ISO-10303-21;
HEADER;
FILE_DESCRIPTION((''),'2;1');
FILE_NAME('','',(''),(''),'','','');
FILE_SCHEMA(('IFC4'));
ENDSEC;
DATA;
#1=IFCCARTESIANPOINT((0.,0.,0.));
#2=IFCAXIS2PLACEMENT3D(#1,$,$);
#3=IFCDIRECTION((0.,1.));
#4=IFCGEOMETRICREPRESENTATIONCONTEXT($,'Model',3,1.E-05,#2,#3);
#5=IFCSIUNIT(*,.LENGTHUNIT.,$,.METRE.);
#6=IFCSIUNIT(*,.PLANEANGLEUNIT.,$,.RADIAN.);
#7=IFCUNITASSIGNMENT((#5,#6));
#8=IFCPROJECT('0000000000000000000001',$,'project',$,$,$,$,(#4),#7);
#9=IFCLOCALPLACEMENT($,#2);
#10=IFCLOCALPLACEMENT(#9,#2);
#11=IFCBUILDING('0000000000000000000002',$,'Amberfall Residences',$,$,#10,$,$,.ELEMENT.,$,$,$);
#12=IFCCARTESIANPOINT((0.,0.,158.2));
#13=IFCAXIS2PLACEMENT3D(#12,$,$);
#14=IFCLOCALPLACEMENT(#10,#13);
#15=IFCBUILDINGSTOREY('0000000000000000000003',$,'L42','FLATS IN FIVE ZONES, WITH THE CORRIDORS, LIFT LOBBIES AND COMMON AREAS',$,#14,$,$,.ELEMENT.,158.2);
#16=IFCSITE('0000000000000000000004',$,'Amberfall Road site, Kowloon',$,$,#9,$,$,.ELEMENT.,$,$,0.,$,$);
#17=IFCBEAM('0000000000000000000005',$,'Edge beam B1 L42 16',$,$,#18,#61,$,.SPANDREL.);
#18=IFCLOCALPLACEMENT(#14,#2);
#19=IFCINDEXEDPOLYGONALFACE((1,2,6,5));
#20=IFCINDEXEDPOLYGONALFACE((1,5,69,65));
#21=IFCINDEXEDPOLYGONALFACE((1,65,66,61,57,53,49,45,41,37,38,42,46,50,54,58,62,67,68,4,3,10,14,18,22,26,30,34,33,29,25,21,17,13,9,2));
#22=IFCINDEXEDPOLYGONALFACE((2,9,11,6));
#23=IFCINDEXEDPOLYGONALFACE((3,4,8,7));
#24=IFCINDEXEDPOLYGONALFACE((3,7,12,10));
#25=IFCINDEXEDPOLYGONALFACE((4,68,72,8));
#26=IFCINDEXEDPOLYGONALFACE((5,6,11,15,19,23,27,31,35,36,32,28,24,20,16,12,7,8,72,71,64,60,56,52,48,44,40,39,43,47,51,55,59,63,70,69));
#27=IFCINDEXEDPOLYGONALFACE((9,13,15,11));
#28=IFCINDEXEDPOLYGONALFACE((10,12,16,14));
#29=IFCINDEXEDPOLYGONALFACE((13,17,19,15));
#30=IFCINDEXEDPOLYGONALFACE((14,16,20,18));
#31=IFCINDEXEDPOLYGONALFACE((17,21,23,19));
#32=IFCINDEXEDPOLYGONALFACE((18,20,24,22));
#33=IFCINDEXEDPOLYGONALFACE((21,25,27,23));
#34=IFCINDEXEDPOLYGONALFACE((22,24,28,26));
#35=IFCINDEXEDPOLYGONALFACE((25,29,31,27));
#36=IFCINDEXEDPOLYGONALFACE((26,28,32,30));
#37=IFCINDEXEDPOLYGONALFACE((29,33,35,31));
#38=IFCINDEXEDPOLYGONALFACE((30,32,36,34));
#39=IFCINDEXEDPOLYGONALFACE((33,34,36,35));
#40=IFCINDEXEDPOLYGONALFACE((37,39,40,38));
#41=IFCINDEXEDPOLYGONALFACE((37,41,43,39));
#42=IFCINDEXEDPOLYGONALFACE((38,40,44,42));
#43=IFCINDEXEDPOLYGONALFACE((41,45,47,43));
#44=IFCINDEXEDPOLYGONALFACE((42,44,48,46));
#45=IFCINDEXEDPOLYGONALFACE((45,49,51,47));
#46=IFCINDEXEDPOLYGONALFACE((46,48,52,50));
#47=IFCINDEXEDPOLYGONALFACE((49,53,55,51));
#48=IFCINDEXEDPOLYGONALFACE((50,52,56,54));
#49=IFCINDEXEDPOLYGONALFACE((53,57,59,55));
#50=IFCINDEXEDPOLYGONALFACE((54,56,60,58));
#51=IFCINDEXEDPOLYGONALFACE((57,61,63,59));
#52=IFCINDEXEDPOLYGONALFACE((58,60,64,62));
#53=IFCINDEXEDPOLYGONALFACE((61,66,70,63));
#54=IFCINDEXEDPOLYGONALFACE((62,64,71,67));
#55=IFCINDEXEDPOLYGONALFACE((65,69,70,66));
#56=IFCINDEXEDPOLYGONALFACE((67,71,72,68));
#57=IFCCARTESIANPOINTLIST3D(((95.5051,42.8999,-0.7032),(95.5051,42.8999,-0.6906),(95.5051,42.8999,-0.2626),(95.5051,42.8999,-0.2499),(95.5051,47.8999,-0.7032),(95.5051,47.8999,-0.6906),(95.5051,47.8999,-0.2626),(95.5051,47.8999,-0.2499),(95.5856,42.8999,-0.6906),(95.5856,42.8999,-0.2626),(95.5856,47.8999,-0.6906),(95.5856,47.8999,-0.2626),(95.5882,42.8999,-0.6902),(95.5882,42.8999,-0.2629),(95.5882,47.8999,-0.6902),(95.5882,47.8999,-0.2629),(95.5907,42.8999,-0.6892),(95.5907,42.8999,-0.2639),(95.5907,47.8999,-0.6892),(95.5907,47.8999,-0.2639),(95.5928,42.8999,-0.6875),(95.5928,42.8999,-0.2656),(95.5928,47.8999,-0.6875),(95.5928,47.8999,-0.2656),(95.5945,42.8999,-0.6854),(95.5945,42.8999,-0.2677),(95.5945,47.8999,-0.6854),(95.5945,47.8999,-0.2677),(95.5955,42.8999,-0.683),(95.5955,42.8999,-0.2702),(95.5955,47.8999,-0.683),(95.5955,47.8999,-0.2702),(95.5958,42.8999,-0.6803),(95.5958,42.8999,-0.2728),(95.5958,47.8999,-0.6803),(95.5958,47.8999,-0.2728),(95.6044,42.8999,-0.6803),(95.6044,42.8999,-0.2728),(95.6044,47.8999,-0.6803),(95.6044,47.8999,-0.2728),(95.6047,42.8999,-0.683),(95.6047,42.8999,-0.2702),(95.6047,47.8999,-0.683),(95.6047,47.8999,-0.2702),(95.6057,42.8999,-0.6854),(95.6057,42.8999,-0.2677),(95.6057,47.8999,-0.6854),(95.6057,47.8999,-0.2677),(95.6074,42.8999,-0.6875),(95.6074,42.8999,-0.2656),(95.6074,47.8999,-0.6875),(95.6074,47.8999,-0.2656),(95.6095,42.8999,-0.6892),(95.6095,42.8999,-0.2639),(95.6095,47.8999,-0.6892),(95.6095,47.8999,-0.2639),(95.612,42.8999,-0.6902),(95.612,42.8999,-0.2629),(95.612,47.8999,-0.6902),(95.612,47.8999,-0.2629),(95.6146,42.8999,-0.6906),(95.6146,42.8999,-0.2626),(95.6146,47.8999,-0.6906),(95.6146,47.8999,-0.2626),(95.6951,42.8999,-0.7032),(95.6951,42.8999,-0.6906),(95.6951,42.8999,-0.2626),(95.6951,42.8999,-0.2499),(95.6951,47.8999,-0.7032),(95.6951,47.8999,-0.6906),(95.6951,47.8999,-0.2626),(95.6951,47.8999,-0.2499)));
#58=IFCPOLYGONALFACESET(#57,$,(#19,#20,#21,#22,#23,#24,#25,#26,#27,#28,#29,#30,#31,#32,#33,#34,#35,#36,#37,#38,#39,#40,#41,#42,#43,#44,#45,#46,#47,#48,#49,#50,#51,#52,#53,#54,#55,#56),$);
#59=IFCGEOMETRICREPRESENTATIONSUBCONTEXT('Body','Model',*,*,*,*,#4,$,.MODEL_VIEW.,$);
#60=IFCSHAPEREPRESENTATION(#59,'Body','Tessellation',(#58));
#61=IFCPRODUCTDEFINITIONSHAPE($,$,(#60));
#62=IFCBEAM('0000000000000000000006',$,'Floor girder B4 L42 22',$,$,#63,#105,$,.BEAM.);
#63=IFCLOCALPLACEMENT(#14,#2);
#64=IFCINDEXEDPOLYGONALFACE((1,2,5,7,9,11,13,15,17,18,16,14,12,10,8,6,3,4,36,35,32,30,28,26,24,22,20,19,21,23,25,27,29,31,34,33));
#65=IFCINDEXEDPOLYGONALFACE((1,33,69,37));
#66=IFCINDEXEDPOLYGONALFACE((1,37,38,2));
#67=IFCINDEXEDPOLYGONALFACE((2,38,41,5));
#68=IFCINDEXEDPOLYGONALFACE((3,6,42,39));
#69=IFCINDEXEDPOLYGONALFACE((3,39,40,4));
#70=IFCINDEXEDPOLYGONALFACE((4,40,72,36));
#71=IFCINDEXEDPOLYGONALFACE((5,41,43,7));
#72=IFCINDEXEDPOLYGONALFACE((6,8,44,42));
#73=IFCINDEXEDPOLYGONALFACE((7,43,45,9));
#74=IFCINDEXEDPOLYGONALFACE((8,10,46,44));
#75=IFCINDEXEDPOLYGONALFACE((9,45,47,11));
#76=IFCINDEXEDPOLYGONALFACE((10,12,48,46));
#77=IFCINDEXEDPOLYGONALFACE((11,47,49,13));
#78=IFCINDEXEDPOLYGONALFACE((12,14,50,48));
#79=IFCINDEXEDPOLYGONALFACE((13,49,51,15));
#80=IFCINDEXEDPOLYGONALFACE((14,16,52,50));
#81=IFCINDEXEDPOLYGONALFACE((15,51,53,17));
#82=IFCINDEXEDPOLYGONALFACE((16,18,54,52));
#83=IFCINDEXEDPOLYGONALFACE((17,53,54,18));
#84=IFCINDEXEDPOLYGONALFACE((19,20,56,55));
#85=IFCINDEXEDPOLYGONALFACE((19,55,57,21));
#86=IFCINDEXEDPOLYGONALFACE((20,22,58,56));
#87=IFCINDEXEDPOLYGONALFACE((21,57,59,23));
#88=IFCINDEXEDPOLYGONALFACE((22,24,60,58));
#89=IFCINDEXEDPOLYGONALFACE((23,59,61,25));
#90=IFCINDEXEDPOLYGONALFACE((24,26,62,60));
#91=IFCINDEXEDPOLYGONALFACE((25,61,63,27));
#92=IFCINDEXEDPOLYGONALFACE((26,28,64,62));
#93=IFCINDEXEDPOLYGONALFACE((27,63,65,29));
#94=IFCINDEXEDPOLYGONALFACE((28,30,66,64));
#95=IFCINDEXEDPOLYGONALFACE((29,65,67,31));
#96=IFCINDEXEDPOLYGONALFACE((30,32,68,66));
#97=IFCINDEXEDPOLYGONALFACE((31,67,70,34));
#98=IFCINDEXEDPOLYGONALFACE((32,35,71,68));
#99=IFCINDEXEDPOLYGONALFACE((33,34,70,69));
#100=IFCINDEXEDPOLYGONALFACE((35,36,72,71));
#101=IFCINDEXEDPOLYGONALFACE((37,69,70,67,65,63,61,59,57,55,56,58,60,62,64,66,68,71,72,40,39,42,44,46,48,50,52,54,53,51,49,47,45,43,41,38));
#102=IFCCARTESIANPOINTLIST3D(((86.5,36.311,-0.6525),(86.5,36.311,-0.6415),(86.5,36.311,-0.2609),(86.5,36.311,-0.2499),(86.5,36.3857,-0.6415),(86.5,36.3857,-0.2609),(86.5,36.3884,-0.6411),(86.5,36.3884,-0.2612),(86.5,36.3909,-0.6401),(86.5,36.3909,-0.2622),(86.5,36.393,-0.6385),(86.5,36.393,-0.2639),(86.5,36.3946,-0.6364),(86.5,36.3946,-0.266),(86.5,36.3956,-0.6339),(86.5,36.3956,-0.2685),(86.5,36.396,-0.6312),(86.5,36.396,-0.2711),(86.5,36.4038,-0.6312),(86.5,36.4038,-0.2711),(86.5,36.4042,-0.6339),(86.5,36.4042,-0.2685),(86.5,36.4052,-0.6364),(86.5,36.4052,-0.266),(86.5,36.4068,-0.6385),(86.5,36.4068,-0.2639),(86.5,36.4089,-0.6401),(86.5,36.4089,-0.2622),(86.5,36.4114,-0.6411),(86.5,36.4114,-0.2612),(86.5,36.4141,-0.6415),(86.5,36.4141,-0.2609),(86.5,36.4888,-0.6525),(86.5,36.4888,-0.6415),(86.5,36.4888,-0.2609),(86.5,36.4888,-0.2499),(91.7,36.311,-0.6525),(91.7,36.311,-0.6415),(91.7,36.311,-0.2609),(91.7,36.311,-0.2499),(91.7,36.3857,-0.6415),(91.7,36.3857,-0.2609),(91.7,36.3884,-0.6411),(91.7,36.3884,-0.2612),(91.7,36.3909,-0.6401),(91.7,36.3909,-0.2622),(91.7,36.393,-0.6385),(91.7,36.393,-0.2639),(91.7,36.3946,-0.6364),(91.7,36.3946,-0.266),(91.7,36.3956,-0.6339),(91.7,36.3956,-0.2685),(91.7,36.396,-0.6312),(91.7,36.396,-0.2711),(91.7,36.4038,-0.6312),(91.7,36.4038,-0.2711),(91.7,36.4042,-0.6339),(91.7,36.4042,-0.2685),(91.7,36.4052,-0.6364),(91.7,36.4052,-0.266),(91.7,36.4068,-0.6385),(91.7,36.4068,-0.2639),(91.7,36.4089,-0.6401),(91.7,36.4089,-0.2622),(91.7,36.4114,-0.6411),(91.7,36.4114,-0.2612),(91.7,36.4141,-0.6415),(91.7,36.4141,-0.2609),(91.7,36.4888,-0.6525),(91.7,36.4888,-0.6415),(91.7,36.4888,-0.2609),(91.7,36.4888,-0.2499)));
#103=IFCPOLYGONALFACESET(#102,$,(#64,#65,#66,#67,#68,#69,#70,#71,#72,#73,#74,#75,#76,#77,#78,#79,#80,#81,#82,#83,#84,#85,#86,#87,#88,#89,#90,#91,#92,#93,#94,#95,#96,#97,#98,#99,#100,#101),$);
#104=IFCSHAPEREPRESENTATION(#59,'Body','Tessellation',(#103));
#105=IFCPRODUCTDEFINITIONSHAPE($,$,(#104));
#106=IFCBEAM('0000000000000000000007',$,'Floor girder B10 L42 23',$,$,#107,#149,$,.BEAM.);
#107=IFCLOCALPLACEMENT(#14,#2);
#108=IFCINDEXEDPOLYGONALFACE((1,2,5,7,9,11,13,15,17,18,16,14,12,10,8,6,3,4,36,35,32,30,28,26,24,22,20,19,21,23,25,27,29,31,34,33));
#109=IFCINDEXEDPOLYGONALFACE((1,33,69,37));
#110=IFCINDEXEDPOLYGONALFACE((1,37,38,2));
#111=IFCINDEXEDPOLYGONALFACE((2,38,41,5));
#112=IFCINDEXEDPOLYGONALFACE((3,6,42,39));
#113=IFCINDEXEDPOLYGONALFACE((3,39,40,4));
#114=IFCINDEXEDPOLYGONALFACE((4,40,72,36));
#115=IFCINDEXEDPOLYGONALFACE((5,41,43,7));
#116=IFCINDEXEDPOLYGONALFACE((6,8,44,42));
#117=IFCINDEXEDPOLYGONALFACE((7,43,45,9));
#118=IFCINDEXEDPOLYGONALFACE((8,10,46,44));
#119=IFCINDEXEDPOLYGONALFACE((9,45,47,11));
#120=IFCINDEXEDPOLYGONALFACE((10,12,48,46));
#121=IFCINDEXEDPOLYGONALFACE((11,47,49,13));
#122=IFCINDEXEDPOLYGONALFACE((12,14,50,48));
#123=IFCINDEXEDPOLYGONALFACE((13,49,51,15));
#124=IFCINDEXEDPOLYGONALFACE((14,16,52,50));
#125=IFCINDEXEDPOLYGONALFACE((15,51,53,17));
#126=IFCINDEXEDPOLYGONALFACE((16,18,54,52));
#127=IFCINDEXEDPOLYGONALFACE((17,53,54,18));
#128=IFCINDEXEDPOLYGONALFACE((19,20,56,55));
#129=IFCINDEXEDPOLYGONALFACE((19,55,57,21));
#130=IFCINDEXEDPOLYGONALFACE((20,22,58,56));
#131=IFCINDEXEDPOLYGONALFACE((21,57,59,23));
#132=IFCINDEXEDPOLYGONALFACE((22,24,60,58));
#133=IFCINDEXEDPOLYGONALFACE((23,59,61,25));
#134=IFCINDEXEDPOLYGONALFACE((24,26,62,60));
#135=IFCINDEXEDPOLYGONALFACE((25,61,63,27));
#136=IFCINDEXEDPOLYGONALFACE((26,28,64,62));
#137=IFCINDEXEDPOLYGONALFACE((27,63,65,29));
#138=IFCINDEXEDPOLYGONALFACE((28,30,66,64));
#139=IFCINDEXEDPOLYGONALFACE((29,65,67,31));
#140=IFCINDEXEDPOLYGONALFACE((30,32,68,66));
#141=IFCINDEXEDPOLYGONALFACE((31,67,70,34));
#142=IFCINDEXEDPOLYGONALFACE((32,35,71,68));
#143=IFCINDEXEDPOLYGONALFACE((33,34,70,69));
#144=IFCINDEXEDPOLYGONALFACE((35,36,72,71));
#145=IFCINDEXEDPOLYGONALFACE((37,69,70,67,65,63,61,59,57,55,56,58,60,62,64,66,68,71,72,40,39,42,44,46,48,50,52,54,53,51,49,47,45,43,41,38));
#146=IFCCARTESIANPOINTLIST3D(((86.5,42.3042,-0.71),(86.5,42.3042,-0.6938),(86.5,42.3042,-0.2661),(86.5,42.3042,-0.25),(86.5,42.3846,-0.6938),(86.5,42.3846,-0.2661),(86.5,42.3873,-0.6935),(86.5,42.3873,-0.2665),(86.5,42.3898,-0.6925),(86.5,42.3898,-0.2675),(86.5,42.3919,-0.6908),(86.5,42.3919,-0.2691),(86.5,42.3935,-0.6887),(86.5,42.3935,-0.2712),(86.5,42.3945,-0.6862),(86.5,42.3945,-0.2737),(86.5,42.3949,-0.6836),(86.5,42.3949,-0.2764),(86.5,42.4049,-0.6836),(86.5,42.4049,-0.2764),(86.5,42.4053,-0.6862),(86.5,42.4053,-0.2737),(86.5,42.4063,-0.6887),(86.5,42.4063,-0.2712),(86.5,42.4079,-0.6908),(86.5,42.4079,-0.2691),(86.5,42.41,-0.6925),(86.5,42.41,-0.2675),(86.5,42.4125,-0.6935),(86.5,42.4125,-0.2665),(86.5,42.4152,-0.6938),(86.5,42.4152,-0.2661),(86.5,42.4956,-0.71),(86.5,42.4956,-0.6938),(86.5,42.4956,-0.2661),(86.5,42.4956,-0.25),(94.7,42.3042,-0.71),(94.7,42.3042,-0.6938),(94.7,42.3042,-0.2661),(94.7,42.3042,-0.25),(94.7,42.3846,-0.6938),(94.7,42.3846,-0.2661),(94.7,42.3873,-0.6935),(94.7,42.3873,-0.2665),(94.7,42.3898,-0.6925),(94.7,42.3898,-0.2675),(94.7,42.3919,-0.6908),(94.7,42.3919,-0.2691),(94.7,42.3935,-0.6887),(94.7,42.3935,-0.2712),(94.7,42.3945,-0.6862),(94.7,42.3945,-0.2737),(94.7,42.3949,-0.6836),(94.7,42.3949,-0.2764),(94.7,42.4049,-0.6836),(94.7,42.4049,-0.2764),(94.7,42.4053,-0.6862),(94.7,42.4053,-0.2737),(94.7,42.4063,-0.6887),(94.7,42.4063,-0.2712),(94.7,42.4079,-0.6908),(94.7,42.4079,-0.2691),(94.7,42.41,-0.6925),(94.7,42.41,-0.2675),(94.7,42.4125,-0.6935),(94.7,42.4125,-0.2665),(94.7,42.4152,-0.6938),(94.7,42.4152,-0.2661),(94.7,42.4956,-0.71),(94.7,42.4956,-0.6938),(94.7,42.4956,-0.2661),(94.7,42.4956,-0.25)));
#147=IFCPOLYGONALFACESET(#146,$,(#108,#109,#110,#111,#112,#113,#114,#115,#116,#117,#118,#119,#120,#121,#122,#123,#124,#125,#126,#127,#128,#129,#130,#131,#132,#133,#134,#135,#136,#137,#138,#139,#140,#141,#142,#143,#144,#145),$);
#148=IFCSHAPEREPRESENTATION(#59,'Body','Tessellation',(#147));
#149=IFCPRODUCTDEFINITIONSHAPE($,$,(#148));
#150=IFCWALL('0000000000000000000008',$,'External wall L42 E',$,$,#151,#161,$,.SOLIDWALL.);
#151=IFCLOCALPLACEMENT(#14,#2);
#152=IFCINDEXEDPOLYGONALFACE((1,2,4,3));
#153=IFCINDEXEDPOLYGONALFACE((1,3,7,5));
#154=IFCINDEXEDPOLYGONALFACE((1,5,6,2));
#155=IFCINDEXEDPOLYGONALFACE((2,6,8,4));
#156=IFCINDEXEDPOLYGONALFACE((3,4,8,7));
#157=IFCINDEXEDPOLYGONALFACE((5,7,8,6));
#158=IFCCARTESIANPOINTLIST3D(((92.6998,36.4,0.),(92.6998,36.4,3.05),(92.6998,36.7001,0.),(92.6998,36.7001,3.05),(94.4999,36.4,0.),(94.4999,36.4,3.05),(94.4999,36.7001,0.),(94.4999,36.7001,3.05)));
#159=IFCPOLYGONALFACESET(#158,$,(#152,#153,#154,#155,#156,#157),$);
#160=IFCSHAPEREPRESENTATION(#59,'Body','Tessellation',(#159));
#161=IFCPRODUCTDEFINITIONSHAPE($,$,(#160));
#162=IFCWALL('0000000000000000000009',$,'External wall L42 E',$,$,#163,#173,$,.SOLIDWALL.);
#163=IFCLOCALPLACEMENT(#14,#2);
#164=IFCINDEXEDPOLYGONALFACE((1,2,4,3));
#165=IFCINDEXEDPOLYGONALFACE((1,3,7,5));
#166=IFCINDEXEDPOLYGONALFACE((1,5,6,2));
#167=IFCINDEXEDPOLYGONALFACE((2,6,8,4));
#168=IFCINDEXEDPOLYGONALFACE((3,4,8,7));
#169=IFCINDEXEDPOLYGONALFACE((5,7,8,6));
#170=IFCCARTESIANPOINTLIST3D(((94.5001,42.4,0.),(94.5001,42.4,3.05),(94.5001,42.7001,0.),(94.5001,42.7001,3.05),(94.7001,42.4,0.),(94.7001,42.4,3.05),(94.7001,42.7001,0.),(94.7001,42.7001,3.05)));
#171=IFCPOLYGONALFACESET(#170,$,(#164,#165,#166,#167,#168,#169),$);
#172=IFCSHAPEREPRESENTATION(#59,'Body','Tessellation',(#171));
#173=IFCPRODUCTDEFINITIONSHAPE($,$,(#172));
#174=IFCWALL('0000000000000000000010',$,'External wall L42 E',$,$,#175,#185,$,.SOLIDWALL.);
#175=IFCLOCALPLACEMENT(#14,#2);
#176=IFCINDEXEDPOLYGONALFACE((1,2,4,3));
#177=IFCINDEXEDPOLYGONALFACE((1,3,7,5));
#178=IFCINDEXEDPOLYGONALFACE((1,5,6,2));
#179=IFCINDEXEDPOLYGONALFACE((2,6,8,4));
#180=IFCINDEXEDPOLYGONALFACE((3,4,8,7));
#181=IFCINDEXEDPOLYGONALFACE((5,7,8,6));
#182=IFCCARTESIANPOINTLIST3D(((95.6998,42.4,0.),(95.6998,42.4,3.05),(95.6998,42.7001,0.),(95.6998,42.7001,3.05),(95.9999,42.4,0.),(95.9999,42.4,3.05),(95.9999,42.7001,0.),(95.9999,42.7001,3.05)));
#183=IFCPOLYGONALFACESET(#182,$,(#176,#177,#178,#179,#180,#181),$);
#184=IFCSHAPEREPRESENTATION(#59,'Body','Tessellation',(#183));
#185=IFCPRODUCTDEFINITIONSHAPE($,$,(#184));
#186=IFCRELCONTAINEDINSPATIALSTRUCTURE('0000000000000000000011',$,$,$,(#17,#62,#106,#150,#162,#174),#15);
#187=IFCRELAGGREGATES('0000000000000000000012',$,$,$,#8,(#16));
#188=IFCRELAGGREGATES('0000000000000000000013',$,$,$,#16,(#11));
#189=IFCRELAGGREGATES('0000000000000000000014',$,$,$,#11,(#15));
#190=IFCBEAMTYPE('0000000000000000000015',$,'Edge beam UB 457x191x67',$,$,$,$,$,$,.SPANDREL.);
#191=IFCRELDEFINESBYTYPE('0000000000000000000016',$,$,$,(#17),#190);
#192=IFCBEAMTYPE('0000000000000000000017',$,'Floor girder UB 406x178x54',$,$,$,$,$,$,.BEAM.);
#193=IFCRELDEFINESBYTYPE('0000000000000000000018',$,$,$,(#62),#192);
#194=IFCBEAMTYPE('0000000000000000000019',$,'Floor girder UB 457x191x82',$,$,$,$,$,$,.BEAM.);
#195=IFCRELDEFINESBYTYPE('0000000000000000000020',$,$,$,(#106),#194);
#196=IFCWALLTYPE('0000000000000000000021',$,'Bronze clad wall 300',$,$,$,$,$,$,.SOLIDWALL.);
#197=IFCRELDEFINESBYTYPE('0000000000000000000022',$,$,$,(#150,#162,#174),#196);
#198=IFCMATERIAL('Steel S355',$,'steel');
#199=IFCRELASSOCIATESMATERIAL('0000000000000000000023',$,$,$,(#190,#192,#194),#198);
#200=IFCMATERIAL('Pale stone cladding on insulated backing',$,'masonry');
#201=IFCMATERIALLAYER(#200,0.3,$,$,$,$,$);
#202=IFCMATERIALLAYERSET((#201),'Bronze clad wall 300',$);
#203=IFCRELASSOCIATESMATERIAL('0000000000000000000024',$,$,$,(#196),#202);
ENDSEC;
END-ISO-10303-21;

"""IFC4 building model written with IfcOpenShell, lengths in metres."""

from ifc_helpers import new_model, si_unit, direction, frame, frame_2d, origin, origin_2d, place, context, subcontext, project, spatial, rectangle, i_section, extrude, material, layer, layer_set, material_profile, profile_set, type_object, element, save


model = new_model("IFC4")

# Units and contexts
model_context = context("Model", 3, precision=1e-05, world=origin(), true_north=direction((0.0, 1.0)))
body_context = subcontext(model_context, "Body", "Model", "MODEL_VIEW")
ifc_project = project(units=[si_unit("LENGTHUNIT", "METRE"), si_unit("PLANEANGLEUNIT", "RADIAN")], contexts=[model_context])

# Site, building, storey
site_placement = place(None, origin())
site = spatial("IfcSite", under=ifc_project, at=site_placement, Name="Amberfall Road site, Kowloon", CompositionType="ELEMENT", RefElevation=0.0)
building_placement = place(site_placement, origin())
building = spatial("IfcBuilding", under=site, at=building_placement, Name="Amberfall Residences", CompositionType="ELEMENT")
storey_placement = place(building_placement, frame((0.0, 0.0, 158.2)))
storey = spatial("IfcBuildingStorey", under=building, at=storey_placement, Name="L42", Description="FLATS IN FIVE ZONES, WITH THE CORRIDORS, LIFT LOBBIES AND COMMON AREAS", CompositionType="ELEMENT", Elevation=158.2)

# Beams
ifc_material_1 = material(Name="Steel S355", Category="steel")
ifc_material_profile_1 = material_profile(ifc_material_1, i_section(OverallWidth=0.1899, OverallDepth=0.4534, WebThickness=0.0085, FlangeThickness=0.0127, FilletRadius=0.0103, at=origin_2d()), Name="UB 457x191x67")
ifc_profile_set_1 = profile_set([ifc_material_profile_1], Name="Steel S355")
beam_type_1 = type_object("IfcBeamType", Name="Edge beam UB 457x191x67", PredefinedType="SPANDREL", material=ifc_profile_set_1)
beam_1_placement = place(storey_placement, frame((95.6001, 42.8999, -0.4766), z_axis=(0.0, 1.0, 0.0), x_axis=(-1.0, 0.0, 0.0)))
element("IfcBeam", 1, at=beam_1_placement, inside=storey, type_object=beam_type_1, Name="Edge beam B1 L42 16", PredefinedType="SPANDREL", context=body_context, shape_type="SweptSolid", body=[
    extrude(i_section(OverallWidth=0.1899, OverallDepth=0.4534, WebThickness=0.0085, FlangeThickness=0.0127, FilletRadius=0.0103, at=origin_2d()), origin(), (0.0, 0.0, 1.0), 5.0),
])
ifc_material_profile_2 = material_profile(ifc_material_1, i_section(OverallWidth=0.1777, OverallDepth=0.4026, WebThickness=0.0078, FlangeThickness=0.011, FilletRadius=0.0103, at=origin_2d()), Name="UB 406x178x54")
ifc_profile_set_2 = profile_set([ifc_material_profile_2], Name="Steel S355")
beam_type_2 = type_object("IfcBeamType", Name="Floor girder UB 406x178x54", PredefinedType="BEAM", material=ifc_profile_set_2)
beam_2_placement = place(storey_placement, frame((91.7, 36.3999, -0.4512), z_axis=(-1.0, 0.0, 0.0), x_axis=(0.0, -1.0, 0.0)))
element("IfcBeam", 2, at=beam_2_placement, inside=storey, type_object=beam_type_2, Name="Floor girder B4 L42 22", PredefinedType="BEAM", context=body_context, shape_type="SweptSolid", body=[
    extrude(i_section(OverallWidth=0.1777, OverallDepth=0.4026, WebThickness=0.0078, FlangeThickness=0.011, FilletRadius=0.0103, at=origin_2d()), origin(), (0.0, 0.0, 1.0), 5.2),
])
ifc_material_profile_3 = material_profile(ifc_material_1, i_section(OverallWidth=0.1914, OverallDepth=0.46, WebThickness=0.01, FlangeThickness=0.0161, FilletRadius=0.0103, at=origin_2d()), Name="UB 457x191x82")
ifc_profile_set_3 = profile_set([ifc_material_profile_3], Name="Steel S355")
beam_type_3 = type_object("IfcBeamType", Name="Floor girder UB 457x191x82", PredefinedType="BEAM", material=ifc_profile_set_3)
beam_3_placement = place(storey_placement, frame((94.7, 42.3999, -0.48), z_axis=(-1.0, 0.0, 0.0), x_axis=(0.0, -1.0, 0.0)))
element("IfcBeam", 3, at=beam_3_placement, inside=storey, type_object=beam_type_3, Name="Floor girder B10 L42 23", PredefinedType="BEAM", context=body_context, shape_type="SweptSolid", body=[
    extrude(i_section(OverallWidth=0.1914, OverallDepth=0.46, WebThickness=0.01, FlangeThickness=0.0161, FilletRadius=0.0103, at=origin_2d()), origin(), (0.0, 0.0, 1.0), 8.2),
])

# Walls
ifc_material_2 = material(Name="Pale stone cladding on insulated backing", Category="masonry")
ifc_layer_1 = layer(ifc_material_2, 0.3)
ifc_layer_set_1 = layer_set([ifc_layer_1], Name="Bronze clad wall 300")
wall_type_1 = type_object("IfcWallType", Name="Bronze clad wall 300", PredefinedType="SOLIDWALL", material=ifc_layer_set_1)
wall_1_placement = place(storey_placement, frame((92.7, 36.55, 0.0), z_axis=(0.0, 0.0, 1.0), x_axis=(1.0, 0.0, 0.0)))
element("IfcWall", 4, at=wall_1_placement, inside=storey, type_object=wall_type_1, Name="External wall L42 E", PredefinedType="SOLIDWALL", context=body_context, shape_type="SweptSolid", body=[
    extrude(rectangle(XDim=1.8, YDim=0.3, at=frame_2d((0.8999, 0.0))), origin(), (0.0, 0.0, 1.0), 3.05),
])
wall_2_placement = place(storey_placement, frame((94.5, 42.55, 0.0), z_axis=(0.0, 0.0, 1.0), x_axis=(1.0, 0.0, 0.0)))
element("IfcWall", 5, at=wall_2_placement, inside=storey, type_object=wall_type_1, Name="External wall L42 E", PredefinedType="SOLIDWALL", context=body_context, shape_type="SweptSolid", body=[
    extrude(rectangle(XDim=0.2, YDim=0.3, at=frame_2d((0.1001, 0.0))), origin(), (0.0, 0.0, 1.0), 3.05),
])
wall_3_placement = place(storey_placement, frame((95.7, 42.55, 0.0), z_axis=(0.0, 0.0, 1.0), x_axis=(1.0, 0.0, 0.0)))
element("IfcWall", 6, at=wall_3_placement, inside=storey, type_object=wall_type_1, Name="External wall L42 E", PredefinedType="SOLIDWALL", context=body_context, shape_type="SweptSolid", body=[
    extrude(rectangle(XDim=0.3, YDim=0.3, at=frame_2d((0.1499, 0.0))), origin(), (0.0, 0.0, 1.0), 3.05),
])

save(model, "model.ifc")
